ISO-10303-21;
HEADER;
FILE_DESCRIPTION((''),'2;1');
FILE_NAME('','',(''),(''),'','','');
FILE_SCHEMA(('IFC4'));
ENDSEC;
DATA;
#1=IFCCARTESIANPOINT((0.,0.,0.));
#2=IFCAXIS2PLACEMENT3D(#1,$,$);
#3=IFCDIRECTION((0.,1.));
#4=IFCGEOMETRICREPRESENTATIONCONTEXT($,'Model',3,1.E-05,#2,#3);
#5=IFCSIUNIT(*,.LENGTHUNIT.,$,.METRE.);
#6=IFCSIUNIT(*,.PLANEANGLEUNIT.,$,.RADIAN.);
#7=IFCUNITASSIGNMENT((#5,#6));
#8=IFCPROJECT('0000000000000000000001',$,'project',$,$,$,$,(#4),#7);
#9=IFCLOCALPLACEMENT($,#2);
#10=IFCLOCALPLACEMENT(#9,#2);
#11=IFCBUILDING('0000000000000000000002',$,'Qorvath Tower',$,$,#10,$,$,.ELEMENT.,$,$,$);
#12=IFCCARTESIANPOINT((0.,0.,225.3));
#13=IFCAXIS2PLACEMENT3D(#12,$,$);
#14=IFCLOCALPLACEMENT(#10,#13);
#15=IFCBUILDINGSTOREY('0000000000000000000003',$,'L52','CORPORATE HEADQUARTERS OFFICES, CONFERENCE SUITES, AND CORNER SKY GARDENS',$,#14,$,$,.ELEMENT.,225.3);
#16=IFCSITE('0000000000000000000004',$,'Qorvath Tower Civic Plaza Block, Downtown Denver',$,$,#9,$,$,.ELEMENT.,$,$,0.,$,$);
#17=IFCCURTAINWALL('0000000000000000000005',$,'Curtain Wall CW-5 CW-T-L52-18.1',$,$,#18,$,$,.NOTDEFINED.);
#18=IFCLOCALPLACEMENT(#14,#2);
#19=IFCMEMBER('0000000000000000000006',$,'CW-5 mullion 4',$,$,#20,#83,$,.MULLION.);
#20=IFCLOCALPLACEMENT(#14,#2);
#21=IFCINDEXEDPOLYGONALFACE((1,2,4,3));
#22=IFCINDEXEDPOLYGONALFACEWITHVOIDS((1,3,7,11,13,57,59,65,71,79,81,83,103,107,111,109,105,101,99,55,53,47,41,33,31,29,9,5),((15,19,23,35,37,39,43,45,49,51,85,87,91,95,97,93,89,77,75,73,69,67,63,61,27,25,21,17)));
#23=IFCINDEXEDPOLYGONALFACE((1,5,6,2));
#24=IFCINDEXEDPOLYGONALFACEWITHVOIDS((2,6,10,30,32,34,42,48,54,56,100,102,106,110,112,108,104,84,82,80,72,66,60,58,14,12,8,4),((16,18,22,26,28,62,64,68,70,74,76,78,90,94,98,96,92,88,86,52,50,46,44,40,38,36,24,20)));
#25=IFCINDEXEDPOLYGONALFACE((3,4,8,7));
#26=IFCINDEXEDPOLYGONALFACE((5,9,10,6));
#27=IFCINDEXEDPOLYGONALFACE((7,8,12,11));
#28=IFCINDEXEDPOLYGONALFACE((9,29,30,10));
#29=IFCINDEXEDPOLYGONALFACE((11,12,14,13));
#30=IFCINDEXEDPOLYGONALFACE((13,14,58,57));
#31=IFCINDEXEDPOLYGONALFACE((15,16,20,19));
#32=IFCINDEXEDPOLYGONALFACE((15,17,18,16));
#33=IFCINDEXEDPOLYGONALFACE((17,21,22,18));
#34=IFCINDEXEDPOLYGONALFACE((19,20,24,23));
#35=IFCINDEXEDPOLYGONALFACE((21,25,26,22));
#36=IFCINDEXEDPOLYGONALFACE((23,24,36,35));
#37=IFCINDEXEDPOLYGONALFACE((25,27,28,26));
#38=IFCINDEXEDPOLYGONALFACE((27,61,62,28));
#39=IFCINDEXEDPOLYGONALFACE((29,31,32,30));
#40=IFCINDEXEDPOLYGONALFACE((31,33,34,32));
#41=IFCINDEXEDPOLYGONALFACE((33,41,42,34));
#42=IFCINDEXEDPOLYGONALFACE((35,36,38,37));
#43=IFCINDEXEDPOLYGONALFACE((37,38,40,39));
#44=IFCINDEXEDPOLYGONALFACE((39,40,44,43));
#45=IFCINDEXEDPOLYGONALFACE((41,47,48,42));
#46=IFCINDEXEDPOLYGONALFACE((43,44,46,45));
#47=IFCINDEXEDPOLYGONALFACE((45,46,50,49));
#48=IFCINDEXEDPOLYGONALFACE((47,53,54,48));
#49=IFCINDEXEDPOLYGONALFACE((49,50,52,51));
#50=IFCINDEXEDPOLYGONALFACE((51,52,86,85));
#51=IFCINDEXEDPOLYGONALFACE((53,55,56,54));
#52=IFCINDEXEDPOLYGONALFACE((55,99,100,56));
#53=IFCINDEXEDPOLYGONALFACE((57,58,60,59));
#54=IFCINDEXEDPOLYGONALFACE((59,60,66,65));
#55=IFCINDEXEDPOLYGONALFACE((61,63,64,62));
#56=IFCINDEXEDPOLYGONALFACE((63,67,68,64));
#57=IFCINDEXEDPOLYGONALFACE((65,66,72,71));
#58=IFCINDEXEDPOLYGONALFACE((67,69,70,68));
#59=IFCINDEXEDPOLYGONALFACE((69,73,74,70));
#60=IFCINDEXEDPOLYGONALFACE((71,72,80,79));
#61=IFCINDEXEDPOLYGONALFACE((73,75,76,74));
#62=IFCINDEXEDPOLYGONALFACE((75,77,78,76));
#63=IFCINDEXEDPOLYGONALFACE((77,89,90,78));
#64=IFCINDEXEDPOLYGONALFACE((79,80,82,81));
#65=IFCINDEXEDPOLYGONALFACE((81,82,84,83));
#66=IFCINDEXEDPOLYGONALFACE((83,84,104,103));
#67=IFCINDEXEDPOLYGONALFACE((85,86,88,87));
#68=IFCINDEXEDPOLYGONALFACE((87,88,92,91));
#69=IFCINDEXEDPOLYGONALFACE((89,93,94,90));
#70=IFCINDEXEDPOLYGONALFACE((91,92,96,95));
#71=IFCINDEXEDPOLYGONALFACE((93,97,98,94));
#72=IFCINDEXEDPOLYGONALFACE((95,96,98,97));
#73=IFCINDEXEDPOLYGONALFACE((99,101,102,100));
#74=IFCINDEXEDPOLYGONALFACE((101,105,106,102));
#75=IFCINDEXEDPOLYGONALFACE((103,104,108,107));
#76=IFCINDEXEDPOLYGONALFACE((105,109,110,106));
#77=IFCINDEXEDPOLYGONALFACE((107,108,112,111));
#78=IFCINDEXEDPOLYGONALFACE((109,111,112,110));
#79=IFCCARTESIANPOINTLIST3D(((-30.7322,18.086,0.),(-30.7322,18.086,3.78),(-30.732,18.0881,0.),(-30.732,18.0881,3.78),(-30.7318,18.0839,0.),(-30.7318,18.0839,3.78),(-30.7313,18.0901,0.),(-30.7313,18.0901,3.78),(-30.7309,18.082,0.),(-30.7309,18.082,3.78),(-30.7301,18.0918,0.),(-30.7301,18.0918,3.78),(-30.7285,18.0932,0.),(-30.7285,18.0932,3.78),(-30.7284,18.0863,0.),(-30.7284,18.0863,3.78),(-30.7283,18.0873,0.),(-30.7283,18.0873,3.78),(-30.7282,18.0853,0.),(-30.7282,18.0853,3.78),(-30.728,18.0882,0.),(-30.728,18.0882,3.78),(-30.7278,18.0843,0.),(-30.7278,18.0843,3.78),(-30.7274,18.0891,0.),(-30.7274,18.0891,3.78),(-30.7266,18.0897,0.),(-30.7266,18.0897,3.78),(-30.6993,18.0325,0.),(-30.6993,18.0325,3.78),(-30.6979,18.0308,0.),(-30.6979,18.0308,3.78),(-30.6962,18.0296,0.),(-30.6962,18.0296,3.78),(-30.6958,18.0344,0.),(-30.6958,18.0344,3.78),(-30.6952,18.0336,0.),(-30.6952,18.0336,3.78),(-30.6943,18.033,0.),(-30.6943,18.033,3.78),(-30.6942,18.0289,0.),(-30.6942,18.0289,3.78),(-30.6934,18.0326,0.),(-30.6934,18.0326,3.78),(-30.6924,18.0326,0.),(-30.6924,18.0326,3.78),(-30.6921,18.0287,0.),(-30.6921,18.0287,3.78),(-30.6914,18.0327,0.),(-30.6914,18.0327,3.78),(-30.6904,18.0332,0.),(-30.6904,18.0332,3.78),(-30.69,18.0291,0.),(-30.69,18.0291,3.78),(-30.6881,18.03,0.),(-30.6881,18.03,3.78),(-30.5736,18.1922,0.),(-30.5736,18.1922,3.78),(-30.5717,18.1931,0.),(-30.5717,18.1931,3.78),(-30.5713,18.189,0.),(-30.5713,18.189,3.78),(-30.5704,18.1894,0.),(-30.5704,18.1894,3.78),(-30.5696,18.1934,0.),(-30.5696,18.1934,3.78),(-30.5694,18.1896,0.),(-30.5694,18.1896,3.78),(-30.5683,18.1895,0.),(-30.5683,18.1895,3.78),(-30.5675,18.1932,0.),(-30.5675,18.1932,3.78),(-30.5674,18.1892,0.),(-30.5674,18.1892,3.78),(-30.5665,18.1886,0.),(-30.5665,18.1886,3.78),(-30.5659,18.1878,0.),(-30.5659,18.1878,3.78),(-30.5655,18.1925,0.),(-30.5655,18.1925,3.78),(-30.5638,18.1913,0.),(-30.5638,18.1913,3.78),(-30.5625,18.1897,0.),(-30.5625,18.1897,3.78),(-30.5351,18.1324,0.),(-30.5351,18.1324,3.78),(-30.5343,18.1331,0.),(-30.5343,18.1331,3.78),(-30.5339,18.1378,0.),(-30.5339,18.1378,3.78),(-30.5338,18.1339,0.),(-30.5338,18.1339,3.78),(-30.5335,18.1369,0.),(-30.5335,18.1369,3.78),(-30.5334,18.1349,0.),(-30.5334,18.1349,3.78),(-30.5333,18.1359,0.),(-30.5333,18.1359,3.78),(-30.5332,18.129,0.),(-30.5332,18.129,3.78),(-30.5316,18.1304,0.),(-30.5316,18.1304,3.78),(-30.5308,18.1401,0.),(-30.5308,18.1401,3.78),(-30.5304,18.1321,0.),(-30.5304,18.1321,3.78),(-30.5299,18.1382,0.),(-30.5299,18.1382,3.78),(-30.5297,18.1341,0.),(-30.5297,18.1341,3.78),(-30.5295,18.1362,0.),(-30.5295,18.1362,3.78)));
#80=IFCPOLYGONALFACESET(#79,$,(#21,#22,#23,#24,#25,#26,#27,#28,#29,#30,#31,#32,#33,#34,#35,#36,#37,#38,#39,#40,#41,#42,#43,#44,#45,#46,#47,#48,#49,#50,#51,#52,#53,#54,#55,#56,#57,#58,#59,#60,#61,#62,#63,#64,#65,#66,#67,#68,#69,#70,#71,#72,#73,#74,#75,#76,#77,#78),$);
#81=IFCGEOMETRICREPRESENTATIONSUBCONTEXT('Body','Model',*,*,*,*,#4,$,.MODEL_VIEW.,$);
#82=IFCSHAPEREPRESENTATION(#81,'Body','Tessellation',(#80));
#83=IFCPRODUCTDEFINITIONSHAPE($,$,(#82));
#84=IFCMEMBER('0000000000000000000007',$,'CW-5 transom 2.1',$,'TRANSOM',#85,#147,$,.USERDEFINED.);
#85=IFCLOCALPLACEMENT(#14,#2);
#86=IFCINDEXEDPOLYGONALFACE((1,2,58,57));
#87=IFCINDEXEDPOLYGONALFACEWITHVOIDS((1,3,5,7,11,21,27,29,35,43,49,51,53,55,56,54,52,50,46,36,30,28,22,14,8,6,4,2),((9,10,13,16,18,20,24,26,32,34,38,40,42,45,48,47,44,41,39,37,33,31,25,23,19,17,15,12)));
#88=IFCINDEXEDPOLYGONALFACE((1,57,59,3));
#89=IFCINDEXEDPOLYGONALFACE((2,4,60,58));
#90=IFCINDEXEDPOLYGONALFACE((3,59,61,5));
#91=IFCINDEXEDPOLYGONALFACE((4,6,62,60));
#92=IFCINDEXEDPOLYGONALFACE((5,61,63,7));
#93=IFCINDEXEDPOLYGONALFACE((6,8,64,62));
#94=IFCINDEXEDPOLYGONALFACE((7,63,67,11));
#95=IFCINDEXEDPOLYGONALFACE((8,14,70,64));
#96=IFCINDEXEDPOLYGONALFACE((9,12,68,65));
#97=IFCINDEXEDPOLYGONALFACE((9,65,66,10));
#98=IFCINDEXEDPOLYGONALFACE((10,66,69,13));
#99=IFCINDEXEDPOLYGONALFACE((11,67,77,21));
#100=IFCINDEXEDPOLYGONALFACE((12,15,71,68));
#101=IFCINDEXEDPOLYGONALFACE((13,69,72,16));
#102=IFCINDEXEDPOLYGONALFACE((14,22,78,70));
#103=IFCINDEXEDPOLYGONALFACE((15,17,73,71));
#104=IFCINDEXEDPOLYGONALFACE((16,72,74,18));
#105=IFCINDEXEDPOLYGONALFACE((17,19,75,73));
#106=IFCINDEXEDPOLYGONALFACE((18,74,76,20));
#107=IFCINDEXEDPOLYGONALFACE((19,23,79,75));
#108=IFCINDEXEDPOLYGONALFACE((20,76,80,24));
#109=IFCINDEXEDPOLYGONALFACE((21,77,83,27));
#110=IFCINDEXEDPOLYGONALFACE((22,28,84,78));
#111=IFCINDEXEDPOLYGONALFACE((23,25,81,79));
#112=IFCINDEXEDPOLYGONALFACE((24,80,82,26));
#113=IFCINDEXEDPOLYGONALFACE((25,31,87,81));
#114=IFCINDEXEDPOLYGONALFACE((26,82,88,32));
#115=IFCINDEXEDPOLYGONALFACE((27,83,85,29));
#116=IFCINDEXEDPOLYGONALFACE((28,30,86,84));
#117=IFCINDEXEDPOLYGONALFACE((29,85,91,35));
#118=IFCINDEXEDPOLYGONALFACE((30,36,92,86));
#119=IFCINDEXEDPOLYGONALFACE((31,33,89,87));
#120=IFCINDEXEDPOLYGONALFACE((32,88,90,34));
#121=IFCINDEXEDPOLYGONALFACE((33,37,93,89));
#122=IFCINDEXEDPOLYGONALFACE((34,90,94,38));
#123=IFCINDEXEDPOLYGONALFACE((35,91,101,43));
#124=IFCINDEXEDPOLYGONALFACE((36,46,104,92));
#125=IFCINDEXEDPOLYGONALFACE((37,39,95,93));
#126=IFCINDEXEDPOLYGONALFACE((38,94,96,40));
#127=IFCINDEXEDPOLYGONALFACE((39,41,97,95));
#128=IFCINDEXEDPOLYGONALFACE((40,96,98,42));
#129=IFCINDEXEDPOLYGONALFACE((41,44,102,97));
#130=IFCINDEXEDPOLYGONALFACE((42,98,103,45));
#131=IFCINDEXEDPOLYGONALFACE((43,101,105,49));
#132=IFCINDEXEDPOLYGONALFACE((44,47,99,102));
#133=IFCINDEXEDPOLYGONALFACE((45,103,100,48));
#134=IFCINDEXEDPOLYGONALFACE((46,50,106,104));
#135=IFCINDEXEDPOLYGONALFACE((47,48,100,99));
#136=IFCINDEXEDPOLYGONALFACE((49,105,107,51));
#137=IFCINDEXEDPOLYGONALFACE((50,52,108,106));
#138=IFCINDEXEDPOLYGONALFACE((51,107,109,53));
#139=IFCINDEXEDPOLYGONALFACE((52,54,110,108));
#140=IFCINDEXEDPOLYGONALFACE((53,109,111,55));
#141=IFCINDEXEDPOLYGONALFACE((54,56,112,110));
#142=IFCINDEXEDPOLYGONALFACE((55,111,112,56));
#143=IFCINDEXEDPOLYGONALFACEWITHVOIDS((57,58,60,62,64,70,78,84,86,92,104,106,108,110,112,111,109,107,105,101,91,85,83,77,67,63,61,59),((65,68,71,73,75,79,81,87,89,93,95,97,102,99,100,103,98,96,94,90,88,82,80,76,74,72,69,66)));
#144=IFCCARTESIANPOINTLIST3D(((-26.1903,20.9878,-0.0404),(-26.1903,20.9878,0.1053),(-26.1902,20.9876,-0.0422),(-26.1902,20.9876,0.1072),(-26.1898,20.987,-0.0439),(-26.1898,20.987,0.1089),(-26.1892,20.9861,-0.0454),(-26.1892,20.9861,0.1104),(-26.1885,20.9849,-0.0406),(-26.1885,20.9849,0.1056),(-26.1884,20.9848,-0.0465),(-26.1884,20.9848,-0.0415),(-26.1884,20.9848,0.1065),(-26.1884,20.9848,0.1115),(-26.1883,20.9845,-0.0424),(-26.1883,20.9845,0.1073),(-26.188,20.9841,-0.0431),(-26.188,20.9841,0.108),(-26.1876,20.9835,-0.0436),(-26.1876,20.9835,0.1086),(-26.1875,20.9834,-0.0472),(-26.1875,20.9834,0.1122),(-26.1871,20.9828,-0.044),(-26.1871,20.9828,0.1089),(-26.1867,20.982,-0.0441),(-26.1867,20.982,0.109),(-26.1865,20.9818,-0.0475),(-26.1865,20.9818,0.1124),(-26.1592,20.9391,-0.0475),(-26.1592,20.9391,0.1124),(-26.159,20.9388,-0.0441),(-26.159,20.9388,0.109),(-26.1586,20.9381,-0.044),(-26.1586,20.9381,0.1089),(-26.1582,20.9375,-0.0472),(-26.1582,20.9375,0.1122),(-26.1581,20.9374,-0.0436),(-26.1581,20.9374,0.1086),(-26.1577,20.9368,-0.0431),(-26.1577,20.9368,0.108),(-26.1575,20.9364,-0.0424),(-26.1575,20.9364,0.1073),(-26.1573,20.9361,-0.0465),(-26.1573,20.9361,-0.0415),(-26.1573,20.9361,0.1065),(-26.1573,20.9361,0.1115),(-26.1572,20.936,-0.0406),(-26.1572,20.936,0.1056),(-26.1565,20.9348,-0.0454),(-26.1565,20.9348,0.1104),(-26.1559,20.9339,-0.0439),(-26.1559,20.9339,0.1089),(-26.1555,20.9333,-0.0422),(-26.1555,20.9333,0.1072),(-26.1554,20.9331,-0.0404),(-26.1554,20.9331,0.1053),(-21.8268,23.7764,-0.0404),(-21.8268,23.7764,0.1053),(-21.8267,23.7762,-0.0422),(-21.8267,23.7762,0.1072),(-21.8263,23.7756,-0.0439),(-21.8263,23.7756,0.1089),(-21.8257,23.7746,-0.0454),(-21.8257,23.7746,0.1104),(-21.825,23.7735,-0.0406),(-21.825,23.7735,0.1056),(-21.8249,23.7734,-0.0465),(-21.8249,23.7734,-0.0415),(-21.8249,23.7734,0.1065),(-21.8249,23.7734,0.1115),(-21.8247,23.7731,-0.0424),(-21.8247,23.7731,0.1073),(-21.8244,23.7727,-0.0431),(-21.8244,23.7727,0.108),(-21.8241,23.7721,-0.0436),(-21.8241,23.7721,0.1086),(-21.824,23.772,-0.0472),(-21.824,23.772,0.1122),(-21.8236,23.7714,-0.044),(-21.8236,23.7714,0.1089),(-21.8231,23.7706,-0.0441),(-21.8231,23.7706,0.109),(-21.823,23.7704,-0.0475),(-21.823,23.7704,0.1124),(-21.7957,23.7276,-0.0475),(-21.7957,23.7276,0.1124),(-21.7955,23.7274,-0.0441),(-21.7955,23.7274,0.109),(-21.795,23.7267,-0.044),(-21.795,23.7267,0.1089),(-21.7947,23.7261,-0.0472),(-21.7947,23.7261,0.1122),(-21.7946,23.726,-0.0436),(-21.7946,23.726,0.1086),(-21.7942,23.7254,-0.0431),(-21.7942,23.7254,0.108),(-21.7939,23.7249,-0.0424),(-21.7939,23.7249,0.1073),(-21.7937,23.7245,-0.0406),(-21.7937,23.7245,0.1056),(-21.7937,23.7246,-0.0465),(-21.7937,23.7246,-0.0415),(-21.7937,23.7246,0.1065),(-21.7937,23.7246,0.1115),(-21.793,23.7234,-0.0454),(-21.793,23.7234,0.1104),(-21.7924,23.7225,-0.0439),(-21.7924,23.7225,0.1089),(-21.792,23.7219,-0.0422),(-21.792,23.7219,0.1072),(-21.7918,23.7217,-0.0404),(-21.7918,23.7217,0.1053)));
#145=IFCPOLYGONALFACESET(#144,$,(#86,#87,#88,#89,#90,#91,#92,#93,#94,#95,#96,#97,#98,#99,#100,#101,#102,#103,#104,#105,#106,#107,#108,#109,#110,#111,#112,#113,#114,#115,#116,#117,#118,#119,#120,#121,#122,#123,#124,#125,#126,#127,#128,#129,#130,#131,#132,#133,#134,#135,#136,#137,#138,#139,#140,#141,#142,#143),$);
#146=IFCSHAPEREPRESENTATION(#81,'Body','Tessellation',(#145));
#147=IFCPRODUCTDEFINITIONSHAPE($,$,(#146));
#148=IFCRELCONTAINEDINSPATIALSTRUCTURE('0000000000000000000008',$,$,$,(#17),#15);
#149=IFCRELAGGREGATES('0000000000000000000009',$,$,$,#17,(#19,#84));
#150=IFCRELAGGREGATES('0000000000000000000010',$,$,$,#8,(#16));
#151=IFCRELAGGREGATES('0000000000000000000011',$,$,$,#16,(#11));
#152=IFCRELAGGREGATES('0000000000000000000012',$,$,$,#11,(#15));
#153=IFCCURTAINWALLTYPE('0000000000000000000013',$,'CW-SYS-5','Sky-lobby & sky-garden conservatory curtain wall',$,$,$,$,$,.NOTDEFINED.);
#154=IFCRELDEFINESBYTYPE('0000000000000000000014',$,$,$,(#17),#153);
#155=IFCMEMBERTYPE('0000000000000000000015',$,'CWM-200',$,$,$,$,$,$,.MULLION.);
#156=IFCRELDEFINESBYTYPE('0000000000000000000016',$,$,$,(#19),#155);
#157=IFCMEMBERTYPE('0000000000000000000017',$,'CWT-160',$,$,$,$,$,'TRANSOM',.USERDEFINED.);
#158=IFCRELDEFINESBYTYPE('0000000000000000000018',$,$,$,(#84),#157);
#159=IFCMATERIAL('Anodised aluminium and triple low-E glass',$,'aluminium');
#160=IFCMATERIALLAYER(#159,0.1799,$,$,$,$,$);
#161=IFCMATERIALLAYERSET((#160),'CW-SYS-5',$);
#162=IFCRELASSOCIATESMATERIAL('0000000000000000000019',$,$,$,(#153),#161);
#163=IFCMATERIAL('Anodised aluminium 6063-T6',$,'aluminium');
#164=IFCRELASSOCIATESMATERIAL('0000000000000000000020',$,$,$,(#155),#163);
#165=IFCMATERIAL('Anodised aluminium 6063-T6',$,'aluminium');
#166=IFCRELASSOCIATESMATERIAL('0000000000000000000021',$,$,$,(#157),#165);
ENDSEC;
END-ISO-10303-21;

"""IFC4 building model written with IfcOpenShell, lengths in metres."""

from ifc_helpers import new_model, si_unit, direction, frame, origin, origin_2d, place, context, subcontext, project, spatial, hollow_rectangle, extrude, material, layer, layer_set, material_profile, profile_set, type_object, element, aggregate, save


model = new_model("IFC4")

# Units and contexts
model_context = context("Model", 3, precision=1e-05, world=origin(), true_north=direction((0.0, 1.0)))
body_context = subcontext(model_context, "Body", "Model", "MODEL_VIEW")
ifc_project = project(units=[si_unit("LENGTHUNIT", "METRE"), si_unit("PLANEANGLEUNIT", "RADIAN")], contexts=[model_context])

# Site, building, storey
site_placement = place(None, origin())
site = spatial("IfcSite", under=ifc_project, at=site_placement, Name="Qorvath Tower Civic Plaza Block, Downtown Denver", CompositionType="ELEMENT", RefElevation=0.0)
building_placement = place(site_placement, origin())
building = spatial("IfcBuilding", under=site, at=building_placement, Name="Qorvath Tower", CompositionType="ELEMENT")
storey_placement = place(building_placement, frame((0.0, 0.0, 225.3)))
storey = spatial("IfcBuildingStorey", under=building, at=storey_placement, Name="L52", Description="CORPORATE HEADQUARTERS OFFICES, CONFERENCE SUITES, AND CORNER SKY GARDENS", CompositionType="ELEMENT", Elevation=225.3)

# Curtain wall, members
ifc_material_1 = material(Name="Anodised aluminium and triple low-E glass", Category="aluminium")
ifc_layer_1 = layer(ifc_material_1, 0.1799)
ifc_layer_set_1 = layer_set([ifc_layer_1], Name="CW-SYS-5")
curtain_wall_type = type_object("IfcCurtainWallType", Name="CW-SYS-5", Description="Sky-lobby & sky-garden conservatory curtain wall", PredefinedType="NOTDEFINED", material=ifc_layer_set_1)
curtain_wall_placement = place(storey_placement, origin())
curtain_wall = element("IfcCurtainWall", 1, at=curtain_wall_placement, inside=storey, type_object=curtain_wall_type, Name="Curtain Wall CW-5 CW-T-L52-18.1", PredefinedType="NOTDEFINED")
ifc_material_2 = material(Name="Anodised aluminium 6063-T6", Category="aluminium")
ifc_material_profile_1 = material_profile(ifc_material_2, hollow_rectangle(XDim=0.075, YDim=0.2, WallThickness=0.0039, InnerFilletRadius=0.0039, OuterFilletRadius=0.0081, at=origin_2d()), Name="CWM 200x75")
ifc_profile_set_1 = profile_set([ifc_material_profile_1], Name="Anodised aluminium 6063-T6")
member_type_1 = type_object("IfcMemberType", Name="CWM-200", PredefinedType="MULLION", material=ifc_profile_set_1)
member_1_placement = place(storey_placement, frame((-30.6309, 18.1111, 0.0), z_axis=(0.0, 0.0, 1.0), x_axis=(0.538531, -0.842606, 0.0)))
member_1 = element("IfcMember", 2, at=member_1_placement, type_object=member_type_1, Name="CW-5 mullion 4", PredefinedType="MULLION", context=body_context, shape_type="SweptSolid", body=[
    extrude(hollow_rectangle(XDim=0.075, YDim=0.2, WallThickness=0.0039, InnerFilletRadius=0.0039, OuterFilletRadius=0.0081, at=origin_2d()), origin(), (0.0, 0.0, 1.0), 3.78),
])
ifc_material_3 = material(Name="Anodised aluminium 6063-T6", Category="aluminium")
ifc_material_profile_2 = material_profile(ifc_material_3, hollow_rectangle(XDim=0.0649, YDim=0.1599, WallThickness=0.0034, InnerFilletRadius=0.0034, OuterFilletRadius=0.0071, at=origin_2d()), Name="CWT 160x65")
ifc_profile_set_2 = profile_set([ifc_material_profile_2], Name="Anodised aluminium 6063-T6")
member_type_2 = type_object("IfcMemberType", Name="CWT-160", ElementType="TRANSOM", PredefinedType="USERDEFINED", material=ifc_profile_set_2)
member_2_placement = place(storey_placement, frame((-21.8093, 23.749, 0.0325), z_axis=(-0.842629, -0.538494, 0.0), x_axis=(0.538494, -0.842629, 0.0)))
member_2 = element("IfcMember", 3, at=member_2_placement, type_object=member_type_2, Name="CW-5 transom 2.1", ObjectType="TRANSOM", PredefinedType="USERDEFINED", context=body_context, shape_type="SweptSolid", body=[
    extrude(hollow_rectangle(XDim=0.0649, YDim=0.1599, WallThickness=0.0034, InnerFilletRadius=0.0034, OuterFilletRadius=0.0071, at=origin_2d()), origin(), (0.0, 0.0, 1.0), 5.1785),
])
aggregate(curtain_wall, [member_1, member_2])

save(model, "model.ifc")
